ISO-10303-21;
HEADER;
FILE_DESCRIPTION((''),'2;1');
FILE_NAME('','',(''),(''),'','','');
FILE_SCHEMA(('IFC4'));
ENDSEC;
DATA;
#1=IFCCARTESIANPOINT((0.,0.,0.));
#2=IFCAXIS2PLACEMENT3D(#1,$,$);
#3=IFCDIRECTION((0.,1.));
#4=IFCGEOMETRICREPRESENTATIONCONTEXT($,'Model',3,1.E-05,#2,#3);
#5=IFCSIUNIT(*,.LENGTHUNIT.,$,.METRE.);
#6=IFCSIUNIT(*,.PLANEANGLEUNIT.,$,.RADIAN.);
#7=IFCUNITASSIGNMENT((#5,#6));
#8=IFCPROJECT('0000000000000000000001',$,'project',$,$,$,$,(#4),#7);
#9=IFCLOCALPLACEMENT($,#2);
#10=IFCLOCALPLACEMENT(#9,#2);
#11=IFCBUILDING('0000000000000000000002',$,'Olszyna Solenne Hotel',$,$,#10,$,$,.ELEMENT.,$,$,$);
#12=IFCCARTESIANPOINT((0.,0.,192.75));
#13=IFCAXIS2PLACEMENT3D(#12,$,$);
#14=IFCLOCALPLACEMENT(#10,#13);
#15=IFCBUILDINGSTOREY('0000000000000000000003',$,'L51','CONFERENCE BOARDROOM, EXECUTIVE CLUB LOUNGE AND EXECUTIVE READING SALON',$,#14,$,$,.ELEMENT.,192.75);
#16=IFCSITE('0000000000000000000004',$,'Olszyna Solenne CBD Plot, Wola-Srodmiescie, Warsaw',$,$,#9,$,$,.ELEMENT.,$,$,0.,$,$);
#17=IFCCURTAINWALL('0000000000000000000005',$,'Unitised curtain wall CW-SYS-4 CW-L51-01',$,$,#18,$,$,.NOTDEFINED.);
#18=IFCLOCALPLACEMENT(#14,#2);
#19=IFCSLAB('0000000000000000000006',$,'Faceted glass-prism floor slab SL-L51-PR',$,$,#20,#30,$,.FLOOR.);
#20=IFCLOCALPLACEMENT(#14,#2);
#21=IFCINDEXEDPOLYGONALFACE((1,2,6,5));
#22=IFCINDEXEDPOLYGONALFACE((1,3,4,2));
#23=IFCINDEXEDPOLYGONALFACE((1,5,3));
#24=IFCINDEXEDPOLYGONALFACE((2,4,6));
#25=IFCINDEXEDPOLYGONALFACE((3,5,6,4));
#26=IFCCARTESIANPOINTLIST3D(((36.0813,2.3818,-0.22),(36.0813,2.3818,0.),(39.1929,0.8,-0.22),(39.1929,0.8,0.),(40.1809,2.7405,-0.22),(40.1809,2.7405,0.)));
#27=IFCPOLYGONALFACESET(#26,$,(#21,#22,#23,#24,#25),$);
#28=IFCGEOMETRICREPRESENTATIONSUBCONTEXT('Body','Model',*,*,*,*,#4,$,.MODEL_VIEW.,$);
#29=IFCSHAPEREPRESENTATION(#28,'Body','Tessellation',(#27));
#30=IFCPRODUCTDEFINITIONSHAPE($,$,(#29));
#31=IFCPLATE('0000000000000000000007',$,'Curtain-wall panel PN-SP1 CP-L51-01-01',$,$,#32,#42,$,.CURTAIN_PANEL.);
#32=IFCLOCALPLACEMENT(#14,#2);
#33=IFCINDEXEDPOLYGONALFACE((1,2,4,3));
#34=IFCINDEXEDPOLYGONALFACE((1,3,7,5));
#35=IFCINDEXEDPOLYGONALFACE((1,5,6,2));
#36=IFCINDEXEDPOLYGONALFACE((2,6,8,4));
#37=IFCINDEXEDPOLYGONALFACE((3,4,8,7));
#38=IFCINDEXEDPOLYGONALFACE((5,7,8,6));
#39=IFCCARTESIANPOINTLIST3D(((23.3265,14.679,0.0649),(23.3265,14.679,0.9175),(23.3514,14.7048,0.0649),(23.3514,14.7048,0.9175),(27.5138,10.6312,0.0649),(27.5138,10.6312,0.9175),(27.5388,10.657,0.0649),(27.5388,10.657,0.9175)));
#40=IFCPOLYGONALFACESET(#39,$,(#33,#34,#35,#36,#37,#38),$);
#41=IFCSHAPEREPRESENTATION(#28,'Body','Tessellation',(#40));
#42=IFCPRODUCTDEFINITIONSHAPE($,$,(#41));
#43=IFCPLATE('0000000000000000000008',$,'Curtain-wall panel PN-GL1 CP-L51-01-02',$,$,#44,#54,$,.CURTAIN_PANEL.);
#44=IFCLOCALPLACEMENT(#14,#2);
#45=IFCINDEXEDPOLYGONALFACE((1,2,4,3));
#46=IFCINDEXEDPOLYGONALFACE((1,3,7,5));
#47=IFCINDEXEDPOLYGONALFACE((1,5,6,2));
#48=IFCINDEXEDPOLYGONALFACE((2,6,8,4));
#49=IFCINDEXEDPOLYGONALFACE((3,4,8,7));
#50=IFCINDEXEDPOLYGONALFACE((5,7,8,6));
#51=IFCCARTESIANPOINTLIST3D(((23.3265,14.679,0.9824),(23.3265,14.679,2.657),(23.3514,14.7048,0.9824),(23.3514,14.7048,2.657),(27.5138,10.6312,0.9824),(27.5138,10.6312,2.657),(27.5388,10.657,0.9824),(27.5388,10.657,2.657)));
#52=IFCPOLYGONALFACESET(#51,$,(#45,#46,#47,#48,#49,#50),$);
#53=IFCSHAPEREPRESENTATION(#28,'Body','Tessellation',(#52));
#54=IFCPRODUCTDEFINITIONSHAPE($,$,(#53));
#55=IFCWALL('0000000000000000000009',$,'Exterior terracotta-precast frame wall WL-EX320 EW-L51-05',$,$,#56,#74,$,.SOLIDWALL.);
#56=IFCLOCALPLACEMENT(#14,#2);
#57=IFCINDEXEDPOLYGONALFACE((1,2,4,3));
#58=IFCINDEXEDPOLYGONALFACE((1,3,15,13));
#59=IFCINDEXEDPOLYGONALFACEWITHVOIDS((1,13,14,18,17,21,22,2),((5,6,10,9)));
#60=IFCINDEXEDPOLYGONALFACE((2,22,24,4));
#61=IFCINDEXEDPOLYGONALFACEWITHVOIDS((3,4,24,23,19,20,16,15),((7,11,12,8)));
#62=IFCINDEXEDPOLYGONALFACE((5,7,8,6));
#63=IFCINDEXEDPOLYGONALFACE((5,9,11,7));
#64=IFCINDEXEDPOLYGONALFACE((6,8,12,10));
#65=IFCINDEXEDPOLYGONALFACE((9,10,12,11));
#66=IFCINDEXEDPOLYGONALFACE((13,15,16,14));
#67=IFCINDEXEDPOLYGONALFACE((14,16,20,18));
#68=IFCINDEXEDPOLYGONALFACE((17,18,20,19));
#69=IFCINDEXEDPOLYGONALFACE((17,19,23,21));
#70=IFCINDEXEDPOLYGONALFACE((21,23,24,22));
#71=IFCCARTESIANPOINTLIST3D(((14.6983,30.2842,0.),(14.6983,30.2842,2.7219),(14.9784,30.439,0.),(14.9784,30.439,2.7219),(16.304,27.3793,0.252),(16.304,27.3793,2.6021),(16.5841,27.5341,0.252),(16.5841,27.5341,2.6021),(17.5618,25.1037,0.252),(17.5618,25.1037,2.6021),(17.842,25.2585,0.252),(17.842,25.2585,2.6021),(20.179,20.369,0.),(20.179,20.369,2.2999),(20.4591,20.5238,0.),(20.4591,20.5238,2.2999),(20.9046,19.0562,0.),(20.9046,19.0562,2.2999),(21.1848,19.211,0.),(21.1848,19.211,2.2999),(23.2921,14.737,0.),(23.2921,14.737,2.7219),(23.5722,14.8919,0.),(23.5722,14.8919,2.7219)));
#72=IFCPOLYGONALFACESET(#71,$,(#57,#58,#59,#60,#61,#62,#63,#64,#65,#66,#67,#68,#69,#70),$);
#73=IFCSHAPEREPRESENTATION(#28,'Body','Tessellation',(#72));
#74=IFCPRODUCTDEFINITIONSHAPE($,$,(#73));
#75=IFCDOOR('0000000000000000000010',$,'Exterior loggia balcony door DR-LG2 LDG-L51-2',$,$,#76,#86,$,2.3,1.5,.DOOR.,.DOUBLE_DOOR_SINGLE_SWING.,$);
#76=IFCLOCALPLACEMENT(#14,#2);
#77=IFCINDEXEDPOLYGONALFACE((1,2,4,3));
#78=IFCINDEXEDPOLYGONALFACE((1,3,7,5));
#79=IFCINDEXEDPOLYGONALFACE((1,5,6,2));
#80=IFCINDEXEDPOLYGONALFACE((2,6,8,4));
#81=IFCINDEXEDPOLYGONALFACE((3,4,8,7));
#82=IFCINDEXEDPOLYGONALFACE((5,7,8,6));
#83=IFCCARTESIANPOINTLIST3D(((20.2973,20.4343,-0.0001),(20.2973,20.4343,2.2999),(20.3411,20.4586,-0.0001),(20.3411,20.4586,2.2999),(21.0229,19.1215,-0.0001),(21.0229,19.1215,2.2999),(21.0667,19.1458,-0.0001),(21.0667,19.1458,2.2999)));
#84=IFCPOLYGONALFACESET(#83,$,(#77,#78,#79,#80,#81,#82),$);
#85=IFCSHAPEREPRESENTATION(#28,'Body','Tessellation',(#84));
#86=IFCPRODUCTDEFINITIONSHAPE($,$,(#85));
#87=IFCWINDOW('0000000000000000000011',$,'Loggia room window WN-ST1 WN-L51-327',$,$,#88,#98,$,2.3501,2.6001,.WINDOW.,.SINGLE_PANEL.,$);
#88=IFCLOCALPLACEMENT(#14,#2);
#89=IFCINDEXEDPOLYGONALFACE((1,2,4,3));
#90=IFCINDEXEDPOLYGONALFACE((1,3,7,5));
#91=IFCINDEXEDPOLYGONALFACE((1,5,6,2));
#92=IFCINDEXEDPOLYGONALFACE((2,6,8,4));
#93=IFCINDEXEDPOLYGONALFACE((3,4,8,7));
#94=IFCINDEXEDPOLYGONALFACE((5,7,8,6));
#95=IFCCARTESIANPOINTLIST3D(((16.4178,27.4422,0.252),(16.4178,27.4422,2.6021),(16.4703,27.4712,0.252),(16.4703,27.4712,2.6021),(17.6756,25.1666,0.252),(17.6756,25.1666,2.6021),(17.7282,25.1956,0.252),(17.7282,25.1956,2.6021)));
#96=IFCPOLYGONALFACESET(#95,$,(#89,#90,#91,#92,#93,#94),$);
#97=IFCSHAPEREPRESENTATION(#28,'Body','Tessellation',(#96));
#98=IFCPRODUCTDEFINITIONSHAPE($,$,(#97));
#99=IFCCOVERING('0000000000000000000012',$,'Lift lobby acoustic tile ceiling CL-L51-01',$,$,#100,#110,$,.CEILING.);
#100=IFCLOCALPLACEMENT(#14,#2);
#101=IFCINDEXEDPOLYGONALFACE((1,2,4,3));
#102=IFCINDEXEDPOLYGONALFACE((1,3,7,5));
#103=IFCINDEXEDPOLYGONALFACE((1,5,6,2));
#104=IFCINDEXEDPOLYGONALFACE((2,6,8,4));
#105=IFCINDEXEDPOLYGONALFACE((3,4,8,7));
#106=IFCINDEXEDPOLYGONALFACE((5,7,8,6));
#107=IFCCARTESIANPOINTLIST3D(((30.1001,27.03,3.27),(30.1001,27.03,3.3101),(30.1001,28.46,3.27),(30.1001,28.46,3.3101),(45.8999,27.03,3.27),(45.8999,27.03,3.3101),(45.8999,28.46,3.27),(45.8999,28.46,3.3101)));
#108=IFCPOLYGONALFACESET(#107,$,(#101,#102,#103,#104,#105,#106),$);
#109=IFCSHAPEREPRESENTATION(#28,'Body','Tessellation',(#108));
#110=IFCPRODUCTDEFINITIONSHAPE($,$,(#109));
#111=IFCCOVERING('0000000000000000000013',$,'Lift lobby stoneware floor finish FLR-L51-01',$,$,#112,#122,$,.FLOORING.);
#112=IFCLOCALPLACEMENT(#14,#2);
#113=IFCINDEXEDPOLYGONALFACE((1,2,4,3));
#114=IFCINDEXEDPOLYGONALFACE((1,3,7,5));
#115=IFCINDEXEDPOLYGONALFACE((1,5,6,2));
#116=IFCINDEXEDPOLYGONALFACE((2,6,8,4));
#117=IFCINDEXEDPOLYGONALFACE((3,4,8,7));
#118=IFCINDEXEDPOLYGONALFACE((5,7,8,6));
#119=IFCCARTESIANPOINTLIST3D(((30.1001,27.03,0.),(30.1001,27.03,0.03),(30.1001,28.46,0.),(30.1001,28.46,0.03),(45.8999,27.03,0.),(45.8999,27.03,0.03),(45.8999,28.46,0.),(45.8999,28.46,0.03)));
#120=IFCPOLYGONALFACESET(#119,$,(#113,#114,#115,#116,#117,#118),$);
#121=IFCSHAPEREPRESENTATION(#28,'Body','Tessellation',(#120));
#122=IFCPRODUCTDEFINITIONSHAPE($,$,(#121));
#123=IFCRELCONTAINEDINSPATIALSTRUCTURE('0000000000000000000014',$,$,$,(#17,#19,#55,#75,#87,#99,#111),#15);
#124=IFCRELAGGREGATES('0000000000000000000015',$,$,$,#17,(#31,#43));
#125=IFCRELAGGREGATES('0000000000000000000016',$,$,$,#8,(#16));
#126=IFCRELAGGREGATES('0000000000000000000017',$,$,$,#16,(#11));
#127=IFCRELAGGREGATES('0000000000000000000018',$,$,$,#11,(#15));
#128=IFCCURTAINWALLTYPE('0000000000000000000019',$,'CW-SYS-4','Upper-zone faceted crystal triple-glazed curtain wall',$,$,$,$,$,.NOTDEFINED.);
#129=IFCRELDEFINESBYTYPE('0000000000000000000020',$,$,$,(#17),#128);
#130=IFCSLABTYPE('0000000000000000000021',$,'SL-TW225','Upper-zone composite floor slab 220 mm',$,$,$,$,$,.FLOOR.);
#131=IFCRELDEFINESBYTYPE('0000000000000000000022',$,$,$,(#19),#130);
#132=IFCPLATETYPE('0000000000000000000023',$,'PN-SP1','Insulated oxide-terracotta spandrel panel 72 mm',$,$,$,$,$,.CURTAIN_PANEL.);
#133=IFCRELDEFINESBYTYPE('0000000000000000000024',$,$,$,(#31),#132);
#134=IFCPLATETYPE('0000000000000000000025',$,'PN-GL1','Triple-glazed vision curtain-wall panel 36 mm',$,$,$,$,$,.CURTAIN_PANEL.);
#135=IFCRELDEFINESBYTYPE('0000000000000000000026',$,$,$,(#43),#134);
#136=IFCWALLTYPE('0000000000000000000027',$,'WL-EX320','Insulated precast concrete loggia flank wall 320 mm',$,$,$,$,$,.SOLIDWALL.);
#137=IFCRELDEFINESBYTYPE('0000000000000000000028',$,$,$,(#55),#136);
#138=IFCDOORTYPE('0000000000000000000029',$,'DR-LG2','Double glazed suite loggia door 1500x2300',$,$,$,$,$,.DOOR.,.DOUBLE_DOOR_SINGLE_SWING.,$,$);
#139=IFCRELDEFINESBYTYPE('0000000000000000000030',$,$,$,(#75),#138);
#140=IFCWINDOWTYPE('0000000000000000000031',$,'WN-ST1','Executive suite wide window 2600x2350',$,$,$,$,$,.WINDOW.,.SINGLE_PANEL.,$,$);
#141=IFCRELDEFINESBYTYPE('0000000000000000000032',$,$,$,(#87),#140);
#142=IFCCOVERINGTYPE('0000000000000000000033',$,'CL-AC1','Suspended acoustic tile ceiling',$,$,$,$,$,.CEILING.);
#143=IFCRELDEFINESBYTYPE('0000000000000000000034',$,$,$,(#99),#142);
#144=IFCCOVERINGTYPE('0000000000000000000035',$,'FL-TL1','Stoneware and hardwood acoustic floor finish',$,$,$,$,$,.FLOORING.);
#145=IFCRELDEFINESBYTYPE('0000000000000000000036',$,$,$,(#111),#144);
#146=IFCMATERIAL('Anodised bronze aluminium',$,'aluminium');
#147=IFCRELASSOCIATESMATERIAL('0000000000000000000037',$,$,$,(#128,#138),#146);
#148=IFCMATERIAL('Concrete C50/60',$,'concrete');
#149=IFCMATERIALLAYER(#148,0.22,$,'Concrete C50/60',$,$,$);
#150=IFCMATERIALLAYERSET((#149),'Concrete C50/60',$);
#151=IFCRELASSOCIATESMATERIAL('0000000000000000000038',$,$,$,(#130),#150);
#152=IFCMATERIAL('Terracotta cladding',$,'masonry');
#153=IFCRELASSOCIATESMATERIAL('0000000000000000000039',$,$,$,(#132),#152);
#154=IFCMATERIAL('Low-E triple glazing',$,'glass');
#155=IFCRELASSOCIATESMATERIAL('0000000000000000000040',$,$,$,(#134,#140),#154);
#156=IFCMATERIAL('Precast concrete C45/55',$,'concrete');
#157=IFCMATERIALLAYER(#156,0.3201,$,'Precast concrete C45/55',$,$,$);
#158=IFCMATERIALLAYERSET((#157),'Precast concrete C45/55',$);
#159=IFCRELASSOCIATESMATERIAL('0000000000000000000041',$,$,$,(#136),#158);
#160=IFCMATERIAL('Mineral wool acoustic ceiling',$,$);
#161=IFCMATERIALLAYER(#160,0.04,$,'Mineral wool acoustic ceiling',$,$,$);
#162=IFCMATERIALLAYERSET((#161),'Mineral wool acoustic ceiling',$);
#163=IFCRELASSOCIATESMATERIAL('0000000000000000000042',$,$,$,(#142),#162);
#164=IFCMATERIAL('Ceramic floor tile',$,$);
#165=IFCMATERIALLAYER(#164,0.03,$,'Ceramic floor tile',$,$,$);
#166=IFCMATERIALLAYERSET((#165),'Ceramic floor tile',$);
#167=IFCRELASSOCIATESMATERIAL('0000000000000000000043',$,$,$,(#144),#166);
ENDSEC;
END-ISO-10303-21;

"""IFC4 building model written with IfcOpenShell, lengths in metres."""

from ifc_helpers import new_model, si_unit, direction, frame, frame_2d, origin, origin_2d, place, context, subcontext, project, spatial, polyline, rectangle, outline, extrude, source, transform, mapped, material, layer, layer_set, type_object, type_shapes, element, fill, aggregate, save


model = new_model("IFC4")

# Units and contexts
model_context = context("Model", 3, precision=1e-05, world=origin(), true_north=direction((0.0, 1.0)))
body_context = subcontext(model_context, "Body", "Model", "MODEL_VIEW")
ifc_project = project(units=[si_unit("LENGTHUNIT", "METRE"), si_unit("PLANEANGLEUNIT", "RADIAN")], contexts=[model_context])

# Site, building, storey
site_placement = place(None, origin())
site = spatial("IfcSite", under=ifc_project, at=site_placement, Name="Olszyna Solenne CBD Plot, Wola-Srodmiescie, Warsaw", CompositionType="ELEMENT", RefElevation=0.0)
building_placement = place(site_placement, origin())
building = spatial("IfcBuilding", under=site, at=building_placement, Name="Olszyna Solenne Hotel", CompositionType="ELEMENT")
storey_placement = place(building_placement, frame((0.0, 0.0, 192.75)))
storey = spatial("IfcBuildingStorey", under=building, at=storey_placement, Name="L51", Description="CONFERENCE BOARDROOM, EXECUTIVE CLUB LOUNGE AND EXECUTIVE READING SALON", CompositionType="ELEMENT", Elevation=192.75)

# Curtain wall
ifc_material_1 = material(Name="Anodised bronze aluminium", Category="aluminium")
curtain_wall_type = type_object("IfcCurtainWallType", Name="CW-SYS-4", Description="Upper-zone faceted crystal triple-glazed curtain wall", PredefinedType="NOTDEFINED", material=ifc_material_1)
curtain_wall_placement = place(storey_placement, origin())
curtain_wall = element("IfcCurtainWall", 1, at=curtain_wall_placement, inside=storey, type_object=curtain_wall_type, Name="Unitised curtain wall CW-SYS-4 CW-L51-01", PredefinedType="NOTDEFINED")

# Slab
ifc_material_2 = material(Name="Precast concrete C45/55", Category="concrete")
ifc_material_3 = material(Name="Concrete C50/60", Category="concrete")
ifc_layer_1 = layer(ifc_material_3, 0.22, Name="Concrete C50/60")
ifc_layer_set_1 = layer_set([ifc_layer_1], Name="Concrete C50/60")
slab_type_1 = type_object("IfcSlabType", Name="SL-TW225", Description="Upper-zone composite floor slab 220 mm", PredefinedType="FLOOR", material=ifc_layer_set_1)
slab_1_placement = place(storey_placement, frame((0.0, 0.0, -0.22)))
element("IfcSlab", 2, at=slab_1_placement, inside=storey, type_object=slab_type_1, Name="Faceted glass-prism floor slab SL-L51-PR", PredefinedType="FLOOR", context=body_context, shape_type="SweptSolid", body=[
    extrude(outline(polyline([(40.1809, 2.7405), (36.0813, 2.3818), (39.1929, 0.8), (40.1809, 2.7405)])), origin(), (0.0, 0.0, 1.0), 0.22),
])

# Plates
ifc_material_4 = material(Name="Terracotta cladding", Category="masonry")
plate_type_1 = type_object("IfcPlateType", Name="PN-SP1", Description="Insulated oxide-terracotta spandrel panel 72 mm", PredefinedType="CURTAIN_PANEL", material=ifc_material_4)
shared_shape_1 = source(origin(), body_context, "Body", "SweptSolid", [
    extrude(rectangle(XDim=5.824, YDim=0.0359, at=origin_2d()), origin(), (0.0, 0.0, 1.0), 0.8525),
])
plate_1_placement = place(storey_placement, frame((25.4326, 12.668, 0.0649), z_axis=(0.0, 0.0, 1.0), x_axis=(0.718987, -0.695023, 0.0)))
plate_1 = element("IfcPlate", 3, at=plate_1_placement, type_object=plate_type_1, Name="Curtain-wall panel PN-SP1 CP-L51-01-01", PredefinedType="CURTAIN_PANEL", context=body_context, shape_type="MappedRepresentation", body=[
    mapped(shared_shape_1, transform((0.0, 0.0, 0.0), x_axis=(1.0, 0.0, 0.0), y_axis=(0.0, 1.0, 0.0), z_axis=(0.0, 0.0, 1.0), scale=1.0)),
])
ifc_material_5 = material(Name="Low-E triple glazing", Category="glass")
plate_type_2 = type_object("IfcPlateType", Name="PN-GL1", Description="Triple-glazed vision curtain-wall panel 36 mm", PredefinedType="CURTAIN_PANEL", material=ifc_material_5)
shared_shape_2 = source(origin(), body_context, "Body", "SweptSolid", [
    extrude(rectangle(XDim=5.824, YDim=0.0359, at=origin_2d()), origin(), (0.0, 0.0, 1.0), 1.6746),
])
plate_2_placement = place(storey_placement, frame((25.4326, 12.668, 0.9824), z_axis=(0.0, 0.0, 1.0), x_axis=(0.718987, -0.695023, 0.0)))
plate_2 = element("IfcPlate", 4, at=plate_2_placement, type_object=plate_type_2, Name="Curtain-wall panel PN-GL1 CP-L51-01-02", PredefinedType="CURTAIN_PANEL", context=body_context, shape_type="MappedRepresentation", body=[
    mapped(shared_shape_2, transform((0.0, 0.0, 0.0), x_axis=(1.0, 0.0, 0.0), y_axis=(0.0, 1.0, 0.0), z_axis=(0.0, 0.0, 1.0), scale=1.0)),
])
aggregate(curtain_wall, [plate_1, plate_2])

# Wall, openings, door, window
ifc_layer_2 = layer(ifc_material_2, 0.3201, Name="Precast concrete C45/55")
ifc_layer_set_2 = layer_set([ifc_layer_2], Name="Precast concrete C45/55")
wall_type = type_object("IfcWallType", Name="WL-EX320", Description="Insulated precast concrete loggia flank wall 320 mm", PredefinedType="SOLIDWALL", material=ifc_layer_set_2)
wall_placement = place(storey_placement, frame((23.4321, 14.8145, 0.0), z_axis=(0.0, 0.0, 1.0), x_axis=(-0.483769, 0.875196, 0.0)))
wall = element("IfcWall", 5, at=wall_placement, inside=storey, type_object=wall_type, Name="Exterior terracotta-precast frame wall WL-EX320 EW-L51-05", PredefinedType="SOLIDWALL", context=body_context, shape_type="SweptSolid", body=[
    extrude(rectangle(XDim=17.7642, YDim=0.3201, at=frame_2d((8.8821, 0.0))), origin(), (0.0, 0.0, 1.0), 2.7219),
])
opening_1_placement = place(wall_placement, frame((4.9351, 0.0, 0.0)))
opening_1 = element("IfcOpeningElement", 6, at=opening_1_placement, cuts=wall, PredefinedType="OPENING", context=body_context, shape_type="SweptSolid", body=[
    extrude(rectangle(XDim=1.5, YDim=2.3, at=frame_2d((0.75, 1.1499))), frame((0.0, 0.1699, 0.0), z_axis=(0.0, -1.0, 0.0), x_axis=(1.0, 0.0, 0.0)), (0.0, 0.0, 1.0), 0.3401),
])
opening_2_placement = place(wall_placement, frame((11.845, 0.0, 0.252)))
opening_2 = element("IfcOpeningElement", 7, at=opening_2_placement, cuts=wall, PredefinedType="OPENING", context=body_context, shape_type="SweptSolid", body=[
    extrude(rectangle(XDim=2.6001, YDim=2.3501, at=frame_2d((1.3, 1.175))), frame((0.0, 0.1699, 0.0), z_axis=(0.0, -1.0, 0.0), x_axis=(1.0, 0.0, 0.0)), (0.0, 0.0, 1.0), 0.3401),
])
door_type = type_object("IfcDoorType", Name="DR-LG2", Description="Double glazed suite loggia door 1500x2300", OperationType="DOUBLE_DOOR_SINGLE_SWING", PredefinedType="DOOR", material=ifc_material_1)
shared_shape_3 = source(origin(), body_context, "Body", "SweptSolid", [
    extrude(rectangle(XDim=1.5, YDim=2.3, at=frame_2d((0.75, 1.1499))), frame((0.0, 0.0249, 0.0), z_axis=(0.0, -1.0, 0.0), x_axis=(1.0, 0.0, 0.0)), (0.0, 0.0, 1.0), 0.05),
])
type_shapes(door_type, [shared_shape_3])
door_placement = place(opening_1_placement, origin())
door = element("IfcDoor", 8, at=door_placement, inside=storey, type_object=door_type, Name="Exterior loggia balcony door DR-LG2 LDG-L51-2", OperationType="DOUBLE_DOOR_SINGLE_SWING", OverallHeight=2.3, OverallWidth=1.5, PredefinedType="DOOR", context=body_context, shape_type="MappedRepresentation", body=[
    mapped(shared_shape_3, transform((0.0, 0.0, 0.0), x_axis=(1.0, 0.0, 0.0), y_axis=(0.0, 1.0, 0.0), z_axis=(0.0, 0.0, 1.0), scale=1.0)),
])
fill(opening_1, door)
window_type = type_object("IfcWindowType", Name="WN-ST1", Description="Executive suite wide window 2600x2350", PartitioningType="SINGLE_PANEL", PredefinedType="WINDOW", material=ifc_material_5)
shared_shape_4 = source(origin(), body_context, "Body", "SweptSolid", [
    extrude(rectangle(XDim=2.6001, YDim=2.3501, at=frame_2d((1.3, 1.175))), frame((0.0, 0.03, 0.0), z_axis=(0.0, -1.0, 0.0), x_axis=(1.0, 0.0, 0.0)), (0.0, 0.0, 1.0), 0.0601),
])
type_shapes(window_type, [shared_shape_4])
window_placement = place(opening_2_placement, origin())
window = element("IfcWindow", 9, at=window_placement, inside=storey, type_object=window_type, Name="Loggia room window WN-ST1 WN-L51-327", OverallHeight=2.3501, OverallWidth=2.6001, PartitioningType="SINGLE_PANEL", PredefinedType="WINDOW", context=body_context, shape_type="MappedRepresentation", body=[
    mapped(shared_shape_4, transform((0.0, 0.0, 0.0), x_axis=(1.0, 0.0, 0.0), y_axis=(0.0, 1.0, 0.0), z_axis=(0.0, 0.0, 1.0), scale=1.0)),
])
fill(opening_2, window)

# Coverings
ifc_material_6 = material(Name="Mineral wool acoustic ceiling")
ifc_layer_3 = layer(ifc_material_6, 0.04, Name="Mineral wool acoustic ceiling")
ifc_layer_set_3 = layer_set([ifc_layer_3], Name="Mineral wool acoustic ceiling")
covering_type_1 = type_object("IfcCoveringType", Name="CL-AC1", Description="Suspended acoustic tile ceiling", PredefinedType="CEILING", material=ifc_layer_set_3)
covering_1_placement = place(storey_placement, frame((0.0, 0.0, 3.27)))
element("IfcCovering", 10, at=covering_1_placement, inside=storey, type_object=covering_type_1, Name="Lift lobby acoustic tile ceiling CL-L51-01", PredefinedType="CEILING", context=body_context, shape_type="SweptSolid", body=[
    extrude(outline(polyline([(30.1001, 27.03), (45.8999, 27.03), (45.8999, 28.46), (30.1001, 28.46), (30.1001, 27.03)])), origin(), (0.0, 0.0, 1.0), 0.04),
])
ifc_material_7 = material(Name="Ceramic floor tile")
ifc_layer_4 = layer(ifc_material_7, 0.03, Name="Ceramic floor tile")
ifc_layer_set_4 = layer_set([ifc_layer_4], Name="Ceramic floor tile")
covering_type_2 = type_object("IfcCoveringType", Name="FL-TL1", Description="Stoneware and hardwood acoustic floor finish", PredefinedType="FLOORING", material=ifc_layer_set_4)
covering_2_placement = place(storey_placement, origin())
element("IfcCovering", 11, at=covering_2_placement, inside=storey, type_object=covering_type_2, Name="Lift lobby stoneware floor finish FLR-L51-01", PredefinedType="FLOORING", context=body_context, shape_type="SweptSolid", body=[
    extrude(outline(polyline([(30.1001, 27.03), (45.8999, 27.03), (45.8999, 28.46), (30.1001, 28.46), (30.1001, 27.03)])), origin(), (0.0, 0.0, 1.0), 0.03),
])

save(model, "model.ifc")
